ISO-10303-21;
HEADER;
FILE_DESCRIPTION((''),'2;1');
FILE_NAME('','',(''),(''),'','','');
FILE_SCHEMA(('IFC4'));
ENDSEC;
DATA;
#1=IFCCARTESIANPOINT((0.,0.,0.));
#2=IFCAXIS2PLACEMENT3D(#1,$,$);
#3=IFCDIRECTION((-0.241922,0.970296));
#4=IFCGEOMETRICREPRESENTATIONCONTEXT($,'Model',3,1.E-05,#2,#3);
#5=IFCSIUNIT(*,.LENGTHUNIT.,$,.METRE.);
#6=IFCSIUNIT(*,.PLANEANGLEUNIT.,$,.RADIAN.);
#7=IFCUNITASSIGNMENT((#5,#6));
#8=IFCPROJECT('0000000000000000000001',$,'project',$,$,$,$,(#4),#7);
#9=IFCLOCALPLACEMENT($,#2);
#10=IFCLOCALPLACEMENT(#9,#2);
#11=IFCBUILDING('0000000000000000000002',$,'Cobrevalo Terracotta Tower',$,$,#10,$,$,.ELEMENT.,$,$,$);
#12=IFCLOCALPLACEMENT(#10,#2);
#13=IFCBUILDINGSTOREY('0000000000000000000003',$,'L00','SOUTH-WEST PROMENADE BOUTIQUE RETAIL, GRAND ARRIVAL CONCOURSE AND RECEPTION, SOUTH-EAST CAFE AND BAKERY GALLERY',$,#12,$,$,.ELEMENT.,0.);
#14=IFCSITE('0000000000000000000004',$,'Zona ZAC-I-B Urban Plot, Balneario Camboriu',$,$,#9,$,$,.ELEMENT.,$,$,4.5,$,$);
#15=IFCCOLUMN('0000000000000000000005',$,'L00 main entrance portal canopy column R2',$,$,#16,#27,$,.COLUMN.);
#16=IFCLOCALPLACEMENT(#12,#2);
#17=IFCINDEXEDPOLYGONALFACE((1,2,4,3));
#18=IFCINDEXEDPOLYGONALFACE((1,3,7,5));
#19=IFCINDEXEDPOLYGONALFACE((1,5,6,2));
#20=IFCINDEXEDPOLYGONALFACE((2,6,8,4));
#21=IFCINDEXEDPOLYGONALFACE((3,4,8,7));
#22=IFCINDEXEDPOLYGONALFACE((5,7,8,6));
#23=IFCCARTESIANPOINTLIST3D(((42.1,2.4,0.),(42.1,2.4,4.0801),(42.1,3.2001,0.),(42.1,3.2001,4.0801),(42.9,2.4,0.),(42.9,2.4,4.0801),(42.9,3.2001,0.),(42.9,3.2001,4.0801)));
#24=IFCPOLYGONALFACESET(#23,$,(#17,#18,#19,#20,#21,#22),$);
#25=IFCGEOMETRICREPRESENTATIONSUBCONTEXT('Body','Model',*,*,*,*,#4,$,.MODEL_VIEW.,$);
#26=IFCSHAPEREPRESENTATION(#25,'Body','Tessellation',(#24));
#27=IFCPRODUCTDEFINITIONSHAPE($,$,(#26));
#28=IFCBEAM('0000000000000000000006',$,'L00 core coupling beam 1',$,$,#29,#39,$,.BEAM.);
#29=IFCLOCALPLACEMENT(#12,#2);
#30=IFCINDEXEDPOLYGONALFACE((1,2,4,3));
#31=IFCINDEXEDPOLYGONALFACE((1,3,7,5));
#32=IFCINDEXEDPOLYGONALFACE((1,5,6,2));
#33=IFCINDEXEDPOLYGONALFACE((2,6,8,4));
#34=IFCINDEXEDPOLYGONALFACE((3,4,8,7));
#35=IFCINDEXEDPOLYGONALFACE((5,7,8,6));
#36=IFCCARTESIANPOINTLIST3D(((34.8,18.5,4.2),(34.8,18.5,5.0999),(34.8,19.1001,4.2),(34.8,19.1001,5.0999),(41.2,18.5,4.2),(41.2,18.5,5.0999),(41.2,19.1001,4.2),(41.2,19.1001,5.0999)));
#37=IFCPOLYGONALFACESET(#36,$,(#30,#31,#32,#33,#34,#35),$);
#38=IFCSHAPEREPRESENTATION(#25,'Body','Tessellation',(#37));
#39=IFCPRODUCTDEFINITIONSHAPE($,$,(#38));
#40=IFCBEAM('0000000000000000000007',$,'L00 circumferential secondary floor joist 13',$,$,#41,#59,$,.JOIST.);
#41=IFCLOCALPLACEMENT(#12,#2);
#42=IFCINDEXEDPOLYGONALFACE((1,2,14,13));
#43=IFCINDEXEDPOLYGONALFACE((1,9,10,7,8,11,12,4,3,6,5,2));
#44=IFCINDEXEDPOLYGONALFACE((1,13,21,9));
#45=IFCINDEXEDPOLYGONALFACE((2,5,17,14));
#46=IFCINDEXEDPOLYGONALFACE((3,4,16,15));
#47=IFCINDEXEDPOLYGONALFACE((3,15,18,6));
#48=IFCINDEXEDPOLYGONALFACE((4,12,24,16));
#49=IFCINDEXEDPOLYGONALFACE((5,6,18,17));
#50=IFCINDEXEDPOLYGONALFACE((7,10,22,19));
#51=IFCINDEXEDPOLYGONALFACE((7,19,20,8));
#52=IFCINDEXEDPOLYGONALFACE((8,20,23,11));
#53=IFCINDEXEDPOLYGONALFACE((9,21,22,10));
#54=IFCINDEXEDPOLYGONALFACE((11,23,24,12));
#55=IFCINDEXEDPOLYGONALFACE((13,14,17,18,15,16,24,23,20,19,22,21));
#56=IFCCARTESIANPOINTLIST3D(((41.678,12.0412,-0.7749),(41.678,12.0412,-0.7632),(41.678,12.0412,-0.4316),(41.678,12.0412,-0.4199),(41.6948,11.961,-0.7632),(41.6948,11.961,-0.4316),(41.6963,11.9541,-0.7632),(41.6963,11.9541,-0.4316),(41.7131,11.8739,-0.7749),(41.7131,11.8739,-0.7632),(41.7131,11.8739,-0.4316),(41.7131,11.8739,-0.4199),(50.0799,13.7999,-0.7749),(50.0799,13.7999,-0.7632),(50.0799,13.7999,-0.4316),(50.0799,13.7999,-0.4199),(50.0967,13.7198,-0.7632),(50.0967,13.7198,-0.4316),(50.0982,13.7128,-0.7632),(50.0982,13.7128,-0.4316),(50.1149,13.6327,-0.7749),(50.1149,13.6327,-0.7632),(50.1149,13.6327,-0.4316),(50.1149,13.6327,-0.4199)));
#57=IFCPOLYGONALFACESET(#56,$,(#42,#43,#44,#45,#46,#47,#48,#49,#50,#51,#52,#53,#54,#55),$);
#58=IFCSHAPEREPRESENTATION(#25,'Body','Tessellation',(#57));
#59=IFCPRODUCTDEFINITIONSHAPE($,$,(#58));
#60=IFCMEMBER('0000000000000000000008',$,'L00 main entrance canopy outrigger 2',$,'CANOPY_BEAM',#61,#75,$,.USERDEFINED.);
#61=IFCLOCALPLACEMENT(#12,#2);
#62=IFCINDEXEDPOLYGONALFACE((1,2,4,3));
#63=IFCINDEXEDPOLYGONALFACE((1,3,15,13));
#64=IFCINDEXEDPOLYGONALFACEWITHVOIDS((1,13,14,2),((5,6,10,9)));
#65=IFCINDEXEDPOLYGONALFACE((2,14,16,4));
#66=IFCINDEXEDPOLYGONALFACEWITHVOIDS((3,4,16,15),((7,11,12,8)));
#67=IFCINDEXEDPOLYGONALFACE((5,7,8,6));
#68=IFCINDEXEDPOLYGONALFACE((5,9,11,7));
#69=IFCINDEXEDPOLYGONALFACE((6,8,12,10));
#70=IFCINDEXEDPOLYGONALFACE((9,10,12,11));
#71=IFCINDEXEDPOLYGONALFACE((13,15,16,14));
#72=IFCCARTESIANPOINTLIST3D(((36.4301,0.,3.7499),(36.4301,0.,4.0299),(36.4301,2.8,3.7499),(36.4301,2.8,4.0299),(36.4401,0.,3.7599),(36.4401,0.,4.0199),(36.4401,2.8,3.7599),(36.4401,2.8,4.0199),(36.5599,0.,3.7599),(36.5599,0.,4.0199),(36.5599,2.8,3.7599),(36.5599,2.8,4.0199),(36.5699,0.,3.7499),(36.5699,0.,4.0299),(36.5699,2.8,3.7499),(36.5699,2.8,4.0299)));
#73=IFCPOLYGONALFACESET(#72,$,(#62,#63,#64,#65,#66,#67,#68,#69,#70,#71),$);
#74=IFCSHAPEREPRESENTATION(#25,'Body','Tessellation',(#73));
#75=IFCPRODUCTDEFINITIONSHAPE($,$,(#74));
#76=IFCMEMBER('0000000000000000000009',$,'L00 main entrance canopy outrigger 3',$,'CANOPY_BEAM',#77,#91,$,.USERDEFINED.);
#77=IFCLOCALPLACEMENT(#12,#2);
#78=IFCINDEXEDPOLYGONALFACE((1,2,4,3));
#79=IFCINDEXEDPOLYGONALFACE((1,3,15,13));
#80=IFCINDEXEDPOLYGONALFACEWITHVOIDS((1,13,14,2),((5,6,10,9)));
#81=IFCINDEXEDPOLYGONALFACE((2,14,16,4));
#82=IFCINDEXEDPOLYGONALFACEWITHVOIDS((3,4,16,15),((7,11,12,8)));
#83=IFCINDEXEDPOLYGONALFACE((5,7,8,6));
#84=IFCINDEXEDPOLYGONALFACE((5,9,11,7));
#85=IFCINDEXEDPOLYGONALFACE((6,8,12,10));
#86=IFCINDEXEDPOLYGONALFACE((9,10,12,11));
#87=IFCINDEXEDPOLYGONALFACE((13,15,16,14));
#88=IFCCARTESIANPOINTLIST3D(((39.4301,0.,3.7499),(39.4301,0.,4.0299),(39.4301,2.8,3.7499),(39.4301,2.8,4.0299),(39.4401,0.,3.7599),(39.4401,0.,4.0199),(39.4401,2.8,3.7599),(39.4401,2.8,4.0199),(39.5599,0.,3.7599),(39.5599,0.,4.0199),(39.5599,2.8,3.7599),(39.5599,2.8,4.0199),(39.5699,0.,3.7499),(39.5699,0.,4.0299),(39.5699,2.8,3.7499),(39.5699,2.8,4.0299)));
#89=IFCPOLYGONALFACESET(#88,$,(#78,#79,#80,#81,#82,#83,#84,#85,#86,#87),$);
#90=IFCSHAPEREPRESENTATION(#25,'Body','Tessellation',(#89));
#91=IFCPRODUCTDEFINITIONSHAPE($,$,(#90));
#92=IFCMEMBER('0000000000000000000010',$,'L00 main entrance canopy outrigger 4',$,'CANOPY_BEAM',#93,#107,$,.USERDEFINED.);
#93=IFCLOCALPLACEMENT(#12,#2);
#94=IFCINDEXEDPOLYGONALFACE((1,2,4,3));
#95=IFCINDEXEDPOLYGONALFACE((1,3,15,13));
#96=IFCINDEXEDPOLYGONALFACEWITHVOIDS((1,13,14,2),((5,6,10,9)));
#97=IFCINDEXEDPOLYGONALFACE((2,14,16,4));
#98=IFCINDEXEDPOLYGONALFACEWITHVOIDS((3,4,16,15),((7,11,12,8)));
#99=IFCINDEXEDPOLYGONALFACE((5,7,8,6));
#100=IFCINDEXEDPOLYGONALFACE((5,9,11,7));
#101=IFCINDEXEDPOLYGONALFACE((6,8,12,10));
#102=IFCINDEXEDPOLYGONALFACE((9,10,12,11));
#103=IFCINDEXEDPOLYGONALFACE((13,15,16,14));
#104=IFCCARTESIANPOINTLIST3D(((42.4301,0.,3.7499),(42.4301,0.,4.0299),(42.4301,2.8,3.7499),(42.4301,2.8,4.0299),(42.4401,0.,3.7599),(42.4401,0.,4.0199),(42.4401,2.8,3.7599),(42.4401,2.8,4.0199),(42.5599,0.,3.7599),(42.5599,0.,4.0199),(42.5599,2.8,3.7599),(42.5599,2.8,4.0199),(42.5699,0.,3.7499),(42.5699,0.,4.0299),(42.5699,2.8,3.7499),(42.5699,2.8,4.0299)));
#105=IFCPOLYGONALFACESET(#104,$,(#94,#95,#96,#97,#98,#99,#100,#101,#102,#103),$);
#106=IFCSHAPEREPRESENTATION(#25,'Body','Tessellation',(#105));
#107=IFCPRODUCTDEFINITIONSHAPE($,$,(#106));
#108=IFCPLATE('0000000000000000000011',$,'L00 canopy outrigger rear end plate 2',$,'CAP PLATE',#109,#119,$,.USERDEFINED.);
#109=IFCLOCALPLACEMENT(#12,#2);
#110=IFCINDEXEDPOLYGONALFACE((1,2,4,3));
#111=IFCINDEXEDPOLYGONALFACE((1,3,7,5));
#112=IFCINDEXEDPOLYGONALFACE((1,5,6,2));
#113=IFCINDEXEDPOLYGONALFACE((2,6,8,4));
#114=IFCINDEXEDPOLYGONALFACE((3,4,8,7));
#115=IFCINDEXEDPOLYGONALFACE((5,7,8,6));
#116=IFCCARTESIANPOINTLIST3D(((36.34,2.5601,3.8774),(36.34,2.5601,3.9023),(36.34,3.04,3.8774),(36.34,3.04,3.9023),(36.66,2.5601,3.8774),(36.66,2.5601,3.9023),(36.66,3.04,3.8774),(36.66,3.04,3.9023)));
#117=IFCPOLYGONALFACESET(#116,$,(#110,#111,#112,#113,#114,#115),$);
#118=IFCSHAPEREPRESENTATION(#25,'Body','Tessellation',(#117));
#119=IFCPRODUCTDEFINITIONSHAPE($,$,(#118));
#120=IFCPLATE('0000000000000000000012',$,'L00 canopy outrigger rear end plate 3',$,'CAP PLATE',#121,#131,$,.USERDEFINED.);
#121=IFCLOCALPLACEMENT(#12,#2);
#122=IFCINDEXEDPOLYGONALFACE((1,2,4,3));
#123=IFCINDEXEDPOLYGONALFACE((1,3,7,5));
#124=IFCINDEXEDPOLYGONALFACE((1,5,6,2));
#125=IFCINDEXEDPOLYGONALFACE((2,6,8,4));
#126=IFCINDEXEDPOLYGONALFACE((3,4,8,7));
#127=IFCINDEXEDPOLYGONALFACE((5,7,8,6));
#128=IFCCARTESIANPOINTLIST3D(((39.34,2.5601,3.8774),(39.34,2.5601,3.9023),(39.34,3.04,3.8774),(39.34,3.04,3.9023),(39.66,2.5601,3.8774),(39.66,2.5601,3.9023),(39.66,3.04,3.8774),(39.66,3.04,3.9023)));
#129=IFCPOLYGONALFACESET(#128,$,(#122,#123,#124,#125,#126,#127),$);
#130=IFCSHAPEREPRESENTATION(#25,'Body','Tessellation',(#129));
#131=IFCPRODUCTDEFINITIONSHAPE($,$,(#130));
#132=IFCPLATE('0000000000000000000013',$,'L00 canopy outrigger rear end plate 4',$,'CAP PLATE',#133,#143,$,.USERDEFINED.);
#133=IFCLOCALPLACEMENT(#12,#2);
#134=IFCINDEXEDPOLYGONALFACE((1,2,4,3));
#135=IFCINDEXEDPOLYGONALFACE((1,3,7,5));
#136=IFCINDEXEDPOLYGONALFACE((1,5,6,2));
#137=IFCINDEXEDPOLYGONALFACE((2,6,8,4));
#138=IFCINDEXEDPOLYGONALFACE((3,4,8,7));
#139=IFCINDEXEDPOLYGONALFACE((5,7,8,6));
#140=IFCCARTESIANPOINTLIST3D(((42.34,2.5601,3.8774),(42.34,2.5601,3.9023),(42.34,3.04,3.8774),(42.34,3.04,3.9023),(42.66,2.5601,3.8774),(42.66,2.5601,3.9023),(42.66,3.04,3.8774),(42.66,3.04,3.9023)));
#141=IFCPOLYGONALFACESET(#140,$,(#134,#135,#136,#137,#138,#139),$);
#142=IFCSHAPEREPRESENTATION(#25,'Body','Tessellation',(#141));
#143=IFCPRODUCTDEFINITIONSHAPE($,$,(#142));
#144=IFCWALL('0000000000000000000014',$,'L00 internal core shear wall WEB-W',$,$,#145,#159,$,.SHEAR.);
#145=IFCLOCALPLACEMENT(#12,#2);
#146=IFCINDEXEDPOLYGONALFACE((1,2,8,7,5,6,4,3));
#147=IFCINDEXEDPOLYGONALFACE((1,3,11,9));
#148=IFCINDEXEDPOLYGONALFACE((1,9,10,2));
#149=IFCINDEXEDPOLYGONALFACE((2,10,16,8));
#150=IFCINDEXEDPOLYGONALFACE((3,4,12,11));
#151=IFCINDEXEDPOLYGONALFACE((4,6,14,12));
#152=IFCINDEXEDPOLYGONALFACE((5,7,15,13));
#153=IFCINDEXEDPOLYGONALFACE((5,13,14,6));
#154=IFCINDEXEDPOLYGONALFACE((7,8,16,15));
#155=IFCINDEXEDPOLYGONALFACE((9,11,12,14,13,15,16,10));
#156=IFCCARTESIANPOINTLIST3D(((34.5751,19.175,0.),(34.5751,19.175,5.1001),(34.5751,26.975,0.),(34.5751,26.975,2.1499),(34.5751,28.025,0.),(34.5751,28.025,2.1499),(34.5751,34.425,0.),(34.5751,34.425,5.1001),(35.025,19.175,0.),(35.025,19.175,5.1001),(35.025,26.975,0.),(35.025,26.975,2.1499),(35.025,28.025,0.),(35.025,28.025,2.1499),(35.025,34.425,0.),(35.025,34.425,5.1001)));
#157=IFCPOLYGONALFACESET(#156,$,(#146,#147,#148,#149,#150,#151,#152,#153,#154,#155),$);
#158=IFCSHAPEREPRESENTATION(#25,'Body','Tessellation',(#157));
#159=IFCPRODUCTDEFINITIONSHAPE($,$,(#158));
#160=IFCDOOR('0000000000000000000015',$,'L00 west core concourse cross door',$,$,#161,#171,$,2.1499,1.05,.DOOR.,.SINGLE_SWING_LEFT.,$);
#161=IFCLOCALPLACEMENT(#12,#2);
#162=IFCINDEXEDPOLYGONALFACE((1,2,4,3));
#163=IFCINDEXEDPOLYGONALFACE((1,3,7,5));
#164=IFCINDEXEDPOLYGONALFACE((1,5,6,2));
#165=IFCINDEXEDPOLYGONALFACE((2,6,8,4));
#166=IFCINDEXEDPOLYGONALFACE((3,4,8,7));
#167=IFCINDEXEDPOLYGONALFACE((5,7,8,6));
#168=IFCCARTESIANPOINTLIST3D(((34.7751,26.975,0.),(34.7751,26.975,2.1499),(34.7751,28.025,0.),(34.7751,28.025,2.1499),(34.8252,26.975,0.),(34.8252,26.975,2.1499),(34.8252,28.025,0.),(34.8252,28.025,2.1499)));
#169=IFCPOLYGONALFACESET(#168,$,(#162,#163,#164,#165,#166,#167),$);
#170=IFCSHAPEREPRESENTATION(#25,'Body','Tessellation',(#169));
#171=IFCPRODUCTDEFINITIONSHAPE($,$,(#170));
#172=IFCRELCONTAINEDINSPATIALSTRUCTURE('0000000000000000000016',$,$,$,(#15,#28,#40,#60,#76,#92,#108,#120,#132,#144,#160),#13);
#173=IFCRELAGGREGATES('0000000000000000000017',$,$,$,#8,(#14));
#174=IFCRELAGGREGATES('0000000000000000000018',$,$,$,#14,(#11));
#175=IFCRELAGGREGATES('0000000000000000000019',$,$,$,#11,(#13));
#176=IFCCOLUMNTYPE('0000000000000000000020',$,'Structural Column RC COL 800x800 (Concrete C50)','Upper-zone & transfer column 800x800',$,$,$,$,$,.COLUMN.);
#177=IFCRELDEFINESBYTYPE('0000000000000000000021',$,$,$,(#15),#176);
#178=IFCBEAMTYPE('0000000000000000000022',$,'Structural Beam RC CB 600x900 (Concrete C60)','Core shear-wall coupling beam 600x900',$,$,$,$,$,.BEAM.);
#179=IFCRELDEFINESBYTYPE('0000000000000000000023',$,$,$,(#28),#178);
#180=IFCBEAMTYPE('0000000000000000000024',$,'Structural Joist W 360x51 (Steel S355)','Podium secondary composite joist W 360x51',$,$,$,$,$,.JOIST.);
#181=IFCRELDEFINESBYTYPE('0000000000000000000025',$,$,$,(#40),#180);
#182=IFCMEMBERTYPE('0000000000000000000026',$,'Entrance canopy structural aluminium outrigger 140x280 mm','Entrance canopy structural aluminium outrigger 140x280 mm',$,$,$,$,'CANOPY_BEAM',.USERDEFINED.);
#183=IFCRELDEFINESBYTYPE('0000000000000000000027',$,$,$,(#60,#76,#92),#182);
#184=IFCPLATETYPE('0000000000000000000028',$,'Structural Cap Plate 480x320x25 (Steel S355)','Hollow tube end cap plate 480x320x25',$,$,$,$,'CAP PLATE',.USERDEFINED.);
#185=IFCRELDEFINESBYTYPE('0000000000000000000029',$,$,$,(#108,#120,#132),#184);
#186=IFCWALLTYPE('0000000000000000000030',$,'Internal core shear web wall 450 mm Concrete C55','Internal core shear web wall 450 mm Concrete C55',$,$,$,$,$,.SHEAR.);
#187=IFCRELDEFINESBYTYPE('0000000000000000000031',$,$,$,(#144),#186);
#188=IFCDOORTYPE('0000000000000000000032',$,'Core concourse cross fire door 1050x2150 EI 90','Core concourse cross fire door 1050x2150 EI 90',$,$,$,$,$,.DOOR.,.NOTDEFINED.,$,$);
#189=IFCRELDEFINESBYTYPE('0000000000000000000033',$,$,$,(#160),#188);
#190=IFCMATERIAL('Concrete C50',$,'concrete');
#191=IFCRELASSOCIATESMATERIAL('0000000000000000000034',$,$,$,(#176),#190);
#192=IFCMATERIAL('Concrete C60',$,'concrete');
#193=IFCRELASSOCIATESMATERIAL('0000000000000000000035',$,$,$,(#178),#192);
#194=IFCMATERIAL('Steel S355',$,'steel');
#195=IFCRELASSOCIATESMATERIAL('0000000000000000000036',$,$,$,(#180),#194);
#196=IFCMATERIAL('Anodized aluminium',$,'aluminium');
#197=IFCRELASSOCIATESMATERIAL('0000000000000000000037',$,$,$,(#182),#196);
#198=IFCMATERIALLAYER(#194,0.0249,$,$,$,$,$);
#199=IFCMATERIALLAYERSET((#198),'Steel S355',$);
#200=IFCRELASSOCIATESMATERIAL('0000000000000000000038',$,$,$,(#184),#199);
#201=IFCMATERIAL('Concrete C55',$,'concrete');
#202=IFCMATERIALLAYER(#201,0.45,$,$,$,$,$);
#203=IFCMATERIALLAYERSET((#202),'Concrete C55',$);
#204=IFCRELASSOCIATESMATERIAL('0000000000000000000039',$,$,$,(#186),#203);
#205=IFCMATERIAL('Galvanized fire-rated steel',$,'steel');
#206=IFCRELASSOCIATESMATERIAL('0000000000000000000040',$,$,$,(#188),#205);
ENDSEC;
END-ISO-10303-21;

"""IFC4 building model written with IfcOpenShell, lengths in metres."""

from ifc_helpers import new_model, si_unit, direction, frame, frame_2d, origin, origin_2d, place, context, subcontext, project, spatial, rectangle, hollow_rectangle, i_section, extrude, source, transform, mapped, material, layer, layer_set, material_profile, profile_set, type_object, element, fill, save


model = new_model("IFC4")

# Units and contexts
model_context = context("Model", 3, precision=1e-05, world=origin(), true_north=direction((-0.241922, 0.970296)))
body_context = subcontext(model_context, "Body", "Model", "MODEL_VIEW")
ifc_project = project(units=[si_unit("LENGTHUNIT", "METRE"), si_unit("PLANEANGLEUNIT", "RADIAN")], contexts=[model_context])

# Site, building, storey
site_placement = place(None, origin())
site = spatial("IfcSite", under=ifc_project, at=site_placement, Name="Zona ZAC-I-B Urban Plot, Balneario Camboriu", CompositionType="ELEMENT", RefElevation=4.5)
building_placement = place(site_placement, origin())
building = spatial("IfcBuilding", under=site, at=building_placement, Name="Cobrevalo Terracotta Tower", CompositionType="ELEMENT")
storey_placement = place(building_placement, origin())
storey = spatial("IfcBuildingStorey", under=building, at=storey_placement, Name="L00", Description="SOUTH-WEST PROMENADE BOUTIQUE RETAIL, GRAND ARRIVAL CONCOURSE AND RECEPTION, SOUTH-EAST CAFE AND BAKERY GALLERY", CompositionType="ELEMENT", Elevation=0.0)

# Column
ifc_material_1 = material(Name="Concrete C50", Category="concrete")
ifc_material_profile_1 = material_profile(ifc_material_1, rectangle(XDim=0.8, YDim=0.8, at=origin_2d()), Name="RC COL 800x800")
ifc_profile_set_1 = profile_set([ifc_material_profile_1], Name="Concrete C50")
column_type = type_object("IfcColumnType", Name="Structural Column RC COL 800x800 (Concrete C50)", Description="Upper-zone & transfer column 800x800", PredefinedType="COLUMN", material=ifc_profile_set_1)
column_placement = place(storey_placement, frame((42.5, 2.8, 0.0), z_axis=(0.0, 0.0, 1.0), x_axis=(1.0, 0.0, 0.0)))
element("IfcColumn", 1, at=column_placement, inside=storey, type_object=column_type, Name="L00 main entrance portal canopy column R2", PredefinedType="COLUMN", context=body_context, shape_type="SweptSolid", body=[
    extrude(rectangle(XDim=0.8, YDim=0.8, at=origin_2d()), origin(), (0.0, 0.0, 1.0), 4.0801),
])

# Beams
ifc_material_2 = material(Name="Concrete C60", Category="concrete")
ifc_material_profile_2 = material_profile(ifc_material_2, rectangle(XDim=0.6001, YDim=0.8999, at=origin_2d()), Name="RC CB 600x900")
ifc_profile_set_2 = profile_set([ifc_material_profile_2], Name="Concrete C60")
beam_type_1 = type_object("IfcBeamType", Name="Structural Beam RC CB 600x900 (Concrete C60)", Description="Core shear-wall coupling beam 600x900", PredefinedType="BEAM", material=ifc_profile_set_2)
beam_1_placement = place(storey_placement, frame((34.8, 18.8, 4.6499), z_axis=(1.0, 0.0, 0.0), x_axis=(0.0, 1.0, 0.0)))
element("IfcBeam", 2, at=beam_1_placement, inside=storey, type_object=beam_type_1, Name="L00 core coupling beam 1", PredefinedType="BEAM", context=body_context, shape_type="SweptSolid", body=[
    extrude(rectangle(XDim=0.6001, YDim=0.8999, at=origin_2d()), origin(), (0.0, 0.0, 1.0), 6.3999),
])
ifc_material_3 = material(Name="Steel S355", Category="steel")
ifc_material_profile_3 = material_profile(ifc_material_3, i_section(OverallWidth=0.1709, OverallDepth=0.355, WebThickness=0.0071, FlangeThickness=0.0117, at=origin_2d()), Name="W 360x51")
ifc_profile_set_3 = profile_set([ifc_material_profile_3], Name="Steel S355")
beam_type_2 = type_object("IfcBeamType", Name="Structural Joist W 360x51 (Steel S355)", Description="Podium secondary composite joist W 360x51", PredefinedType="JOIST", material=ifc_profile_set_3)
beam_2_placement = place(storey_placement, frame((41.6956, 11.9575, -0.5974), z_axis=(0.978785, 0.204892, 0.0), x_axis=(-0.204892, 0.978785, 0.0)))
element("IfcBeam", 3, at=beam_2_placement, inside=storey, type_object=beam_type_2, Name="L00 circumferential secondary floor joist 13", PredefinedType="JOIST", context=body_context, shape_type="SweptSolid", body=[
    extrude(i_section(OverallWidth=0.1709, OverallDepth=0.355, WebThickness=0.0071, FlangeThickness=0.0117, at=origin_2d()), origin(), (0.0, 0.0, 1.0), 8.584),
])

# Members
ifc_material_4 = material(Name="Anodized aluminium", Category="aluminium")
ifc_material_profile_4 = material_profile(ifc_material_4, hollow_rectangle(XDim=0.1399, YDim=0.28, WallThickness=0.01, at=origin_2d()), Name="CANOPY OUTRIGGER 140x280")
ifc_profile_set_4 = profile_set([ifc_material_profile_4], Name="Anodized aluminium")
member_type = type_object("IfcMemberType", Name="Entrance canopy structural aluminium outrigger 140x280 mm", Description="Entrance canopy structural aluminium outrigger 140x280 mm", ElementType="CANOPY_BEAM", PredefinedType="USERDEFINED", material=ifc_profile_set_4)
shared_shape_1 = source(origin(), body_context, "Body", "SweptSolid", [
    extrude(hollow_rectangle(XDim=0.1399, YDim=0.28, WallThickness=0.01, at=origin_2d()), origin(), (0.0, 0.0, 1.0), 2.8),
])
for number, where, z_axis, x_axis, name in (
    (4, (36.5, 2.8, 3.8899), (0.0, -1.0, 0.0), (1.0, 0.0, 0.0), "L00 main entrance canopy outrigger 2"),
    (5, (39.5, 2.8, 3.8899), (0.0, -1.0, 0.0), (1.0, 0.0, 0.0), "L00 main entrance canopy outrigger 3"),
    (6, (42.5, 2.8, 3.8899), (0.0, -1.0, 0.0), (1.0, 0.0, 0.0), "L00 main entrance canopy outrigger 4"),
):
    element("IfcMember", number, at=place(storey_placement, frame(where, z_axis=z_axis, x_axis=x_axis)), inside=storey, type_object=member_type, Name=name, ObjectType="CANOPY_BEAM", PredefinedType="USERDEFINED", context=body_context, shape_type="MappedRepresentation", body=[
        mapped(shared_shape_1, transform((0.0, 0.0, 0.0), scale=1.0)),
    ])

# Plates
ifc_layer_1 = layer(ifc_material_3, 0.0249)
ifc_layer_set_1 = layer_set([ifc_layer_1], Name="Steel S355")
plate_type = type_object("IfcPlateType", Name="Structural Cap Plate 480x320x25 (Steel S355)", Description="Hollow tube end cap plate 480x320x25", ElementType="CAP PLATE", PredefinedType="USERDEFINED", material=ifc_layer_set_1)
shared_shape_2 = source(origin(), body_context, "Body", "SweptSolid", [
    extrude(rectangle(XDim=0.48, YDim=0.3201, at=origin_2d()), origin(), (0.0, 0.0, 1.0), 0.0249),
])
for number, where, z_axis, x_axis, name in (
    (7, (36.5, 2.8, 3.8774), (0.0, 0.0, 1.0), (0.0, 1.0, 0.0), "L00 canopy outrigger rear end plate 2"),
    (8, (39.5, 2.8, 3.8774), (0.0, 0.0, 1.0), (0.0, 1.0, 0.0), "L00 canopy outrigger rear end plate 3"),
    (9, (42.5, 2.8, 3.8774), (0.0, 0.0, 1.0), (0.0, 1.0, 0.0), "L00 canopy outrigger rear end plate 4"),
):
    element("IfcPlate", number, at=place(storey_placement, frame(where, z_axis=z_axis, x_axis=x_axis)), inside=storey, type_object=plate_type, Name=name, ObjectType="CAP PLATE", PredefinedType="USERDEFINED", context=body_context, shape_type="MappedRepresentation", body=[
        mapped(shared_shape_2, transform((0.0, 0.0, 0.0), scale=1.0)),
    ])

# Wall, opening, door
ifc_material_5 = material(Name="Concrete C55", Category="concrete")
ifc_layer_2 = layer(ifc_material_5, 0.45)
ifc_layer_set_2 = layer_set([ifc_layer_2], Name="Concrete C55")
wall_type_1 = type_object("IfcWallType", Name="Internal core shear web wall 450 mm Concrete C55", Description="Internal core shear web wall 450 mm Concrete C55", PredefinedType="SHEAR", material=ifc_layer_set_2)
wall_1_placement = place(storey_placement, frame((34.8, 19.175, 0.0), z_axis=(0.0, 0.0, 1.0), x_axis=(0.0, 1.0, 0.0)))
wall_1 = element("IfcWall", 10, at=wall_1_placement, inside=storey, type_object=wall_type_1, Name="L00 internal core shear wall WEB-W", PredefinedType="SHEAR", context=body_context, shape_type="SweptSolid", body=[
    extrude(rectangle(XDim=15.25, YDim=0.45, at=frame_2d((7.625, 0.0))), origin(), (0.0, 0.0, 1.0), 5.1001),
])
opening_1_placement = place(wall_1_placement, frame((7.8, 0.0, 0.0)))
opening_1 = element("IfcOpeningElement", 11, at=opening_1_placement, cuts=wall_1, PredefinedType="OPENING", context=body_context, shape_type="SweptSolid", body=[
    extrude(rectangle(XDim=1.05, YDim=2.1499, at=frame_2d((0.5249, 1.075))), frame((0.0, 0.2349, 0.0), z_axis=(0.0, -1.0, 0.0), x_axis=(1.0, 0.0, 0.0)), (0.0, 0.0, 1.0), 0.47),
])
ifc_material_6 = material(Name="Galvanized fire-rated steel", Category="steel")
door_type = type_object("IfcDoorType", Name="Core concourse cross fire door 1050x2150 EI 90", Description="Core concourse cross fire door 1050x2150 EI 90", OperationType="NOTDEFINED", PredefinedType="DOOR", material=ifc_material_6)
shared_shape_3 = source(origin(), body_context, "Body", "SweptSolid", [
    extrude(rectangle(XDim=1.05, YDim=2.1499, at=frame_2d((0.5249, 1.075))), frame((0.0, 0.0249, 0.0), z_axis=(0.0, -1.0, 0.0), x_axis=(1.0, 0.0, 0.0)), (0.0, 0.0, 1.0), 0.05),
])
door_1_placement = place(opening_1_placement, origin())
door_1 = element("IfcDoor", 12, at=door_1_placement, inside=storey, type_object=door_type, Name="L00 west core concourse cross door", OperationType="SINGLE_SWING_LEFT", OverallHeight=2.1499, OverallWidth=1.05, PredefinedType="DOOR", context=body_context, shape_type="MappedRepresentation", body=[
    mapped(shared_shape_3, transform((0.0, 0.0, 0.0), scale=1.0)),
])
fill(opening_1, door_1)

save(model, "model.ifc")
